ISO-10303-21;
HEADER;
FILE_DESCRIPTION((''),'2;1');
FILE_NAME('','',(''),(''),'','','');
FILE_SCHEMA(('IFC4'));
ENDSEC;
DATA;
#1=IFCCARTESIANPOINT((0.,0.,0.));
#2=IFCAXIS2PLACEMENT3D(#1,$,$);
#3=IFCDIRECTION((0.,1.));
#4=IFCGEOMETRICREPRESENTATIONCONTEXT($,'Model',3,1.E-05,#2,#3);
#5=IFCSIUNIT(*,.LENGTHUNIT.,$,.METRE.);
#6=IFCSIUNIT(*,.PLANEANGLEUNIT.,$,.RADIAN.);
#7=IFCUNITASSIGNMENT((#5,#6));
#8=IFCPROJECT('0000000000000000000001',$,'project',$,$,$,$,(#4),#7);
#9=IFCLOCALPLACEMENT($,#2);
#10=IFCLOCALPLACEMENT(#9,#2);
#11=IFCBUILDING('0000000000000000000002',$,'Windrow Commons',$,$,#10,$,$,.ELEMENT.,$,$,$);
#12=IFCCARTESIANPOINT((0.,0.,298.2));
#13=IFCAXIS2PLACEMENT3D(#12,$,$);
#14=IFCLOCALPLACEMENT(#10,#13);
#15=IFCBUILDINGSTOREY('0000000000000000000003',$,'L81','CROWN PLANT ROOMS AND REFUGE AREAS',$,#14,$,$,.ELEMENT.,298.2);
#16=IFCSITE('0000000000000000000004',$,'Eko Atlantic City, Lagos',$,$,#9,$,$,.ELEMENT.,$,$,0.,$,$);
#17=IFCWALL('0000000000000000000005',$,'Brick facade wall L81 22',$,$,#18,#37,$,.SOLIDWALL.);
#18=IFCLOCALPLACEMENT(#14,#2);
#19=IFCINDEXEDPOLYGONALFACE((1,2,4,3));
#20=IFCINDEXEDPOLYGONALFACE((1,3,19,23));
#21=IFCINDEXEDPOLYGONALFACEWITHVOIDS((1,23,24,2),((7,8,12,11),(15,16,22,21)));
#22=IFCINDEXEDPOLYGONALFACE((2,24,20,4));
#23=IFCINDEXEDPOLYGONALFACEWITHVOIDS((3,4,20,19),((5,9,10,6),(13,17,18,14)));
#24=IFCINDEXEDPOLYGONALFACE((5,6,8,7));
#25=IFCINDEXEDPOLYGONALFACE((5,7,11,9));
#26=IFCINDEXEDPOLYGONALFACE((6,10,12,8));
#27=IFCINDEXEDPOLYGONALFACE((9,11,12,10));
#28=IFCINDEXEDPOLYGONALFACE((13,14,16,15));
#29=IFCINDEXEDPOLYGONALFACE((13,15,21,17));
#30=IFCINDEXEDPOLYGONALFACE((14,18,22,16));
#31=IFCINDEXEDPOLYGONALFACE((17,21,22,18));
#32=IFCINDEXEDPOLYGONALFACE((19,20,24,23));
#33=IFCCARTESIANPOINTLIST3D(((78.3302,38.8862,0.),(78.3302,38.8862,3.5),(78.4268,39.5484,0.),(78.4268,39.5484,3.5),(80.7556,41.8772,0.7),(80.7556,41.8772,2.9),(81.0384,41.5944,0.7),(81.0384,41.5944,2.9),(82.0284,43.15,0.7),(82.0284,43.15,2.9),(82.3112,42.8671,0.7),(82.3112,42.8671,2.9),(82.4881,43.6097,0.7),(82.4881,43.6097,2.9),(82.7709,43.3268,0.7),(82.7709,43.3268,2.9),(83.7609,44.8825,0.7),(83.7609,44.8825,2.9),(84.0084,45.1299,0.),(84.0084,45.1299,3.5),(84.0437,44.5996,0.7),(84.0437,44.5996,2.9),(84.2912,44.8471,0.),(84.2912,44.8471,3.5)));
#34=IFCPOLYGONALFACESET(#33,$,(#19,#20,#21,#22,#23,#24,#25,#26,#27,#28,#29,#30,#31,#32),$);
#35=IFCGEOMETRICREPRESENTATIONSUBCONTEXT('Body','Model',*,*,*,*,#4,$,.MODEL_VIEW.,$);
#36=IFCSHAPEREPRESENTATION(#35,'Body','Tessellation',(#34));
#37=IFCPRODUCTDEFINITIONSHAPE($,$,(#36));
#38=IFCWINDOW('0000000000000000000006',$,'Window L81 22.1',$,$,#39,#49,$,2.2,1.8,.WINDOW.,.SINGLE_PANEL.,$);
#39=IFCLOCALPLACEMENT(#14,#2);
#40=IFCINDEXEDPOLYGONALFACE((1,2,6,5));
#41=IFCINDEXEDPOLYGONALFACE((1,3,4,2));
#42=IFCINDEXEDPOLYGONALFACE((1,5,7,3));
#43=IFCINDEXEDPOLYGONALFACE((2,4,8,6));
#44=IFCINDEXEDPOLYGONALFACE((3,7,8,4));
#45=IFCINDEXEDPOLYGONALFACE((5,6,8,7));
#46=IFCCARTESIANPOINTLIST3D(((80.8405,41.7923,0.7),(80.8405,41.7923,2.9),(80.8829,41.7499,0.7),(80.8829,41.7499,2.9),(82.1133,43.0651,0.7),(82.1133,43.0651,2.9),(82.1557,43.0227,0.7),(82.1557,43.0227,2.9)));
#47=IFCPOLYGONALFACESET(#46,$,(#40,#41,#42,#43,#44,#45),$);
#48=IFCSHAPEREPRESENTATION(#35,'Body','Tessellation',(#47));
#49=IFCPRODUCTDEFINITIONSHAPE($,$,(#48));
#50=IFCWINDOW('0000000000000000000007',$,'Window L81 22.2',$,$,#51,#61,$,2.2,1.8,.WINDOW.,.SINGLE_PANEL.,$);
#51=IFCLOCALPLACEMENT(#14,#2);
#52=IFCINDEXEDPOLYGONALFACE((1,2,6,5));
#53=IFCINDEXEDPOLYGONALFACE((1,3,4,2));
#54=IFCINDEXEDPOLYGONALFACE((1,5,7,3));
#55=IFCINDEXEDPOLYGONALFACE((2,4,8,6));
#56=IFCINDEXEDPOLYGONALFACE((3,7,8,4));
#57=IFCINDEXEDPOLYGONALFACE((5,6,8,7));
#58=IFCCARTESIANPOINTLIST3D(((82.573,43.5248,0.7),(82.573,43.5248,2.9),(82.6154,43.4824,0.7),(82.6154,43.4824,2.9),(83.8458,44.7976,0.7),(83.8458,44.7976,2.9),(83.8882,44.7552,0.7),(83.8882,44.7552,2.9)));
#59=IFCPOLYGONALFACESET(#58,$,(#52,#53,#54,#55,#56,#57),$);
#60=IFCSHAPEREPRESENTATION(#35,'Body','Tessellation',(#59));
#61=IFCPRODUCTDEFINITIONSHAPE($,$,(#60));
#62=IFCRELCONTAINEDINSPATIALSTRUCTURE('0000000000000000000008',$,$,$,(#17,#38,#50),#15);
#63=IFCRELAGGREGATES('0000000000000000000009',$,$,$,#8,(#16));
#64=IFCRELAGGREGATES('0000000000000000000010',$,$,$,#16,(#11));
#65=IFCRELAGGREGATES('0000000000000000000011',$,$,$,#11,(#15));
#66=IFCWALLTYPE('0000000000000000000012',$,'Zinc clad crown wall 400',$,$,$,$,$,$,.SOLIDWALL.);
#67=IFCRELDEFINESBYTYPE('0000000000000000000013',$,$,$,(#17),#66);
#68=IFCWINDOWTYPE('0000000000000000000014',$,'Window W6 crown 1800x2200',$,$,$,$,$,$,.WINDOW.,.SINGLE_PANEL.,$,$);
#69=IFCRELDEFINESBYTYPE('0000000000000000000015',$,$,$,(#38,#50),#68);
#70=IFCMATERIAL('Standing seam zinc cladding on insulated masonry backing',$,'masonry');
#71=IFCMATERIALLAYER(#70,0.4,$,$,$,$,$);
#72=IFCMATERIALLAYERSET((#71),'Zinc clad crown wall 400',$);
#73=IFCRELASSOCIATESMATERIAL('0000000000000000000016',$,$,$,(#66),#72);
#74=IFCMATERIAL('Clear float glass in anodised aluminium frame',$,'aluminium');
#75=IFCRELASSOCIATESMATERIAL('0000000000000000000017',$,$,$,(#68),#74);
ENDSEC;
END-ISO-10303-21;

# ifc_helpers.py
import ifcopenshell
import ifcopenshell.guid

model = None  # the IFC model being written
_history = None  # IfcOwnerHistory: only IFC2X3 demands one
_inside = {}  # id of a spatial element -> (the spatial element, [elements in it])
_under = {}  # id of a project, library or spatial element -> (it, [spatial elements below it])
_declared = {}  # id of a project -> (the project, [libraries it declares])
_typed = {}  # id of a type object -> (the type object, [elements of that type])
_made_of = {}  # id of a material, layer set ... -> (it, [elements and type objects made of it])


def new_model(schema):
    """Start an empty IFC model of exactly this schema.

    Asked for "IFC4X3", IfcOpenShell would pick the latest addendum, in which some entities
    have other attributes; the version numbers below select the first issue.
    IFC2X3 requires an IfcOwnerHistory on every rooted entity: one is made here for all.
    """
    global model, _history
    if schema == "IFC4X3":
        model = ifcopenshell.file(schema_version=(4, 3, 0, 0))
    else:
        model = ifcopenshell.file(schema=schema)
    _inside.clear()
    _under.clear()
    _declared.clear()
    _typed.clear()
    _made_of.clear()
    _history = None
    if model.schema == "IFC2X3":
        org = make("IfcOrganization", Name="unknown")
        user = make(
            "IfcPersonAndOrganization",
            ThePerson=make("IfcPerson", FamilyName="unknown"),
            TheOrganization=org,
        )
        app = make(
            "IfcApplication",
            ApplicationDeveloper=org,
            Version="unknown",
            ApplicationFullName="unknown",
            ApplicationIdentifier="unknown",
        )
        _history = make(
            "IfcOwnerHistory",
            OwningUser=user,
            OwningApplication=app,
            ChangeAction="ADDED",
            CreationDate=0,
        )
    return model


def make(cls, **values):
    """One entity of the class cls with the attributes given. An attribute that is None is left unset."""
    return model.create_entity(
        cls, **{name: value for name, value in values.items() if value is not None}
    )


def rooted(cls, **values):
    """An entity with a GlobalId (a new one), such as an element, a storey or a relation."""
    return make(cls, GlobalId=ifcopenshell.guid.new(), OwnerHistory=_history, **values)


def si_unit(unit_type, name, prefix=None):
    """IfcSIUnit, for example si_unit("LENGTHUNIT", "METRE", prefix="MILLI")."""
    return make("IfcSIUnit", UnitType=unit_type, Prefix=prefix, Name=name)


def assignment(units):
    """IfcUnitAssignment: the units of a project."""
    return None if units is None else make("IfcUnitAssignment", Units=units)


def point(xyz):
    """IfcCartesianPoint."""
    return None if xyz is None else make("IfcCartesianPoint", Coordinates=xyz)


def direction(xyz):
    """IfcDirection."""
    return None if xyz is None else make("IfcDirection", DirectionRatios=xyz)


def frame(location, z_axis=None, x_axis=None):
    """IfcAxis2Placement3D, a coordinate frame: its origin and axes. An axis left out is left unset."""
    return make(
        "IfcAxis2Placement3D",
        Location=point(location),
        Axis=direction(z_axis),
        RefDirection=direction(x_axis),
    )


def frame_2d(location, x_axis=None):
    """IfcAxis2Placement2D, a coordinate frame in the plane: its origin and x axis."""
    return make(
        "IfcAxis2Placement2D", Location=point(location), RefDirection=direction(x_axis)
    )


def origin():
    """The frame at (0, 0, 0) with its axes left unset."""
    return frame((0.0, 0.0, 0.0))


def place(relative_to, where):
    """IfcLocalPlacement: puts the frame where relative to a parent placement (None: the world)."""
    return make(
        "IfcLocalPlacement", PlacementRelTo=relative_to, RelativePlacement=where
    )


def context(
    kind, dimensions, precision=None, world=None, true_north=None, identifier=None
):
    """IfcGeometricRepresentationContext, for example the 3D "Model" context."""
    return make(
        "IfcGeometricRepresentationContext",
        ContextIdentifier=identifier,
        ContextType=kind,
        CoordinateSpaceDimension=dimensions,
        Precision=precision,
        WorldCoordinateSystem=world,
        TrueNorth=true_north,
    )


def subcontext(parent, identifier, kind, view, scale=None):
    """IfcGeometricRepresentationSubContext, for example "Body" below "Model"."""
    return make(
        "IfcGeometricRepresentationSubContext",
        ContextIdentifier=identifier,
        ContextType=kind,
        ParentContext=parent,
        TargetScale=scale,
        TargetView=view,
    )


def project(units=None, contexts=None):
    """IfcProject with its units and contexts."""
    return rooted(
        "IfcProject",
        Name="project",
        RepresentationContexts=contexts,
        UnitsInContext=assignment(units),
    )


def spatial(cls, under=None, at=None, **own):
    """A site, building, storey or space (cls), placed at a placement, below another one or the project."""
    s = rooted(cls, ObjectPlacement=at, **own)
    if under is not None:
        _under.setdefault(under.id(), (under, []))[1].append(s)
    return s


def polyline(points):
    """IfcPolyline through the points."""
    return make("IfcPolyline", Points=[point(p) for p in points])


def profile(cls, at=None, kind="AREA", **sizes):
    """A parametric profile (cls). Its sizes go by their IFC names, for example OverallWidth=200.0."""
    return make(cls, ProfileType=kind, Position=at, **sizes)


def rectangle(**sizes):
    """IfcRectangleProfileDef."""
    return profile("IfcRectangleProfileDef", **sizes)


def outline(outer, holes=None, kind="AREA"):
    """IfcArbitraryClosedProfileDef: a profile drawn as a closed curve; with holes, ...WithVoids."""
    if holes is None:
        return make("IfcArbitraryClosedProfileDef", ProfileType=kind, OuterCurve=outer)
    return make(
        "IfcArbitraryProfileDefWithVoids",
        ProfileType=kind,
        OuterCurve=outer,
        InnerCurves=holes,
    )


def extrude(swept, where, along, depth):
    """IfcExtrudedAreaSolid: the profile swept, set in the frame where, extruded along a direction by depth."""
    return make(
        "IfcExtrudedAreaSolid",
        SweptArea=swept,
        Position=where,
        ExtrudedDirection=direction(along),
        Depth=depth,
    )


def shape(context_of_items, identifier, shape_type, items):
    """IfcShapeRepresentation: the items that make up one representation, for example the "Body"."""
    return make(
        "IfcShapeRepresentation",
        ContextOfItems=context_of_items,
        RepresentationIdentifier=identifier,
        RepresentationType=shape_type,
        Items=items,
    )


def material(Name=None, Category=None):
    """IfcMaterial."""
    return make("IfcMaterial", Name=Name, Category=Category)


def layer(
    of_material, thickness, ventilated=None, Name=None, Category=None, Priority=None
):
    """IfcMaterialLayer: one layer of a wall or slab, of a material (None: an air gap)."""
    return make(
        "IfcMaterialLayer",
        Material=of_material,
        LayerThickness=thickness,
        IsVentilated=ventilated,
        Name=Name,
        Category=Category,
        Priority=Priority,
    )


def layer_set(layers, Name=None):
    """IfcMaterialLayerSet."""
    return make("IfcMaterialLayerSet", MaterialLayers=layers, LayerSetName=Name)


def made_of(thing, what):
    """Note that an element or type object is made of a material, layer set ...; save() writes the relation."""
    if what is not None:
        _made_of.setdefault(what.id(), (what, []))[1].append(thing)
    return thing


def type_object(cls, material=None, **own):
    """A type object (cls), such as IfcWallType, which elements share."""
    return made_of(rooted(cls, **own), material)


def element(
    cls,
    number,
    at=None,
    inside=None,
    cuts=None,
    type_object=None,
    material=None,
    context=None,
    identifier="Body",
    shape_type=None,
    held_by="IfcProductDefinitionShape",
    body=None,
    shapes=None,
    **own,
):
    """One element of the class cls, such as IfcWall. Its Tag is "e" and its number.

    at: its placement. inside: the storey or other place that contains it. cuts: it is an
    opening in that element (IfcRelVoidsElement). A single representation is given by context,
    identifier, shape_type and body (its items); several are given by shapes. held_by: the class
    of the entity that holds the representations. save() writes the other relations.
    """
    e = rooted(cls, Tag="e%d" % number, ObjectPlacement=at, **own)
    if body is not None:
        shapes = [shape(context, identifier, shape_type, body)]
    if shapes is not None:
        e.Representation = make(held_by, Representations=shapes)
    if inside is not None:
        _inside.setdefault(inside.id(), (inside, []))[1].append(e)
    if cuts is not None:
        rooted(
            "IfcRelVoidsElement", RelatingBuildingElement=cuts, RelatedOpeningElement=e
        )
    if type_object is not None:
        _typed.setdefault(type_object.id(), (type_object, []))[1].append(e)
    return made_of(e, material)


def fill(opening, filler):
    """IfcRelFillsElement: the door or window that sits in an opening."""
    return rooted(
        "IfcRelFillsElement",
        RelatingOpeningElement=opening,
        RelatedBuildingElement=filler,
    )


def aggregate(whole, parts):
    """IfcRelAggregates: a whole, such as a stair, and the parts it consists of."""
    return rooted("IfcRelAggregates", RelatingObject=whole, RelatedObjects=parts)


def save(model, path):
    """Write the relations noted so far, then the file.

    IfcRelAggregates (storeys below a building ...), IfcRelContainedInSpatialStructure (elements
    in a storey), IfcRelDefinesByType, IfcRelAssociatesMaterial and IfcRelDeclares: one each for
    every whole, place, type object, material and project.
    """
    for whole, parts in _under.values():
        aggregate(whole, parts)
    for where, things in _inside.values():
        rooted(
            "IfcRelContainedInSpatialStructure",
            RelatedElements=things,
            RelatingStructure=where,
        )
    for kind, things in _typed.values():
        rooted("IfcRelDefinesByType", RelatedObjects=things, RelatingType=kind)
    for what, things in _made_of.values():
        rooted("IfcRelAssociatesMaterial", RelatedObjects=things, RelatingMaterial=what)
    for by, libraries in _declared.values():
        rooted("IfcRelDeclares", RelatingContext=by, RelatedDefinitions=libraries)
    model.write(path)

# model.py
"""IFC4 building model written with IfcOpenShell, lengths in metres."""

from ifc_helpers import new_model, si_unit, direction, frame, frame_2d, origin, place, context, subcontext, project, spatial, polyline, rectangle, outline, extrude, material, layer, layer_set, type_object, element, fill, save


model = new_model("IFC4")

# Units and contexts
model_context = context("Model", 3, precision=1e-05, world=origin(), true_north=direction((0.0, 1.0)))
body_context = subcontext(model_context, "Body", "Model", "MODEL_VIEW")
ifc_project = project(units=[si_unit("LENGTHUNIT", "METRE"), si_unit("PLANEANGLEUNIT", "RADIAN")], contexts=[model_context])

# Site, building, storey
site_placement = place(None, origin())
site = spatial("IfcSite", under=ifc_project, at=site_placement, Name="Eko Atlantic City, Lagos", CompositionType="ELEMENT", RefElevation=0.0)
building_placement = place(site_placement, origin())
building = spatial("IfcBuilding", under=site, at=building_placement, Name="Windrow Commons", CompositionType="ELEMENT")
storey_placement = place(building_placement, frame((0.0, 0.0, 298.2)))
storey = spatial("IfcBuildingStorey", under=building, at=storey_placement, Name="L81", Description="CROWN PLANT ROOMS AND REFUGE AREAS", CompositionType="ELEMENT", Elevation=298.2)

# Shared definitions
ifc_material_1 = material(Name="Standing seam zinc cladding on insulated masonry backing", Category="masonry")
ifc_layer_1 = layer(ifc_material_1, 0.4)
ifc_layer_set_1 = layer_set([ifc_layer_1], Name="Zinc clad crown wall 400")
wall_type_1 = type_object("IfcWallType", Name="Zinc clad crown wall 400", PredefinedType="SOLIDWALL", material=ifc_layer_set_1)
ifc_material_2 = material(Name="Clear float glass in anodised aluminium frame", Category="aluminium")
window_type = type_object("IfcWindowType", Name="Window W6 crown 1800x2200", PartitioningType="SINGLE_PANEL", PredefinedType="WINDOW", material=ifc_material_2)

# Wall, openings, windows
wall_1_placement = place(storey_placement, frame((78.3785, 39.2173, 0.0), z_axis=(0.0, 0.0, 1.0), x_axis=(0.707113, 0.707101, 0.0)))
wall_1 = element("IfcWall", 1, at=wall_1_placement, inside=storey, type_object=wall_type_1, Name="Brick facade wall L81 22", PredefinedType="SOLIDWALL", context=body_context, shape_type="SweptSolid", body=[
    extrude(outline(polyline([(-0.2683, -0.2), (8.1618, -0.2), (8.1618, 0.2), (0.2683, 0.2), (-0.2683, -0.2)])), origin(), (0.0, 0.0, 1.0), 3.5),
])
opening_1_placement = place(wall_1_placement, frame((3.5617, 0.0, 0.7)))
opening_1 = element("IfcOpeningElement", 2, at=opening_1_placement, cuts=wall_1, PredefinedType="OPENING", context=body_context, shape_type="SweptSolid", body=[
    extrude(rectangle(XDim=1.8, YDim=2.2, at=frame_2d((0.9, 1.1))), frame((0.0, 0.21, 0.0), z_axis=(0.0, -1.0, 0.0), x_axis=(1.0, 0.0, 0.0)), (0.0, 0.0, 1.0), 0.42),
])
opening_2_placement = place(wall_1_placement, frame((6.0118, 0.0, 0.7)))
opening_2 = element("IfcOpeningElement", 3, at=opening_2_placement, cuts=wall_1, PredefinedType="OPENING", context=body_context, shape_type="SweptSolid", body=[
    extrude(rectangle(XDim=1.8, YDim=2.2, at=frame_2d((0.9, 1.1))), frame((0.0, 0.21, 0.0), z_axis=(0.0, -1.0, 0.0), x_axis=(1.0, 0.0, 0.0)), (0.0, 0.0, 1.0), 0.42),
])
window_1_placement = place(opening_1_placement, origin())
window_1 = element("IfcWindow", 4, at=window_1_placement, inside=storey, type_object=window_type, Name="Window L81 22.1", OverallHeight=2.2, OverallWidth=1.8, PartitioningType="SINGLE_PANEL", PredefinedType="WINDOW", context=body_context, shape_type="SweptSolid", body=[
    extrude(rectangle(XDim=1.8, YDim=2.2, at=frame_2d((0.9, 1.1))), frame((0.0, 0.08, 0.0), z_axis=(0.0, -1.0, 0.0), x_axis=(1.0, 0.0, 0.0)), (0.0, 0.0, 1.0), 0.06),
])
fill(opening_1, window_1)
window_2_placement = place(opening_2_placement, origin())
window_2 = element("IfcWindow", 5, at=window_2_placement, inside=storey, type_object=window_type, Name="Window L81 22.2", OverallHeight=2.2, OverallWidth=1.8, PartitioningType="SINGLE_PANEL", PredefinedType="WINDOW", context=body_context, shape_type="SweptSolid", body=[
    extrude(rectangle(XDim=1.8, YDim=2.2, at=frame_2d((0.9, 1.1))), frame((0.0, 0.08, 0.0), z_axis=(0.0, -1.0, 0.0), x_axis=(1.0, 0.0, 0.0)), (0.0, 0.0, 1.0), 0.06),
])
fill(opening_2, window_2)

save(model, "model.ifc")
